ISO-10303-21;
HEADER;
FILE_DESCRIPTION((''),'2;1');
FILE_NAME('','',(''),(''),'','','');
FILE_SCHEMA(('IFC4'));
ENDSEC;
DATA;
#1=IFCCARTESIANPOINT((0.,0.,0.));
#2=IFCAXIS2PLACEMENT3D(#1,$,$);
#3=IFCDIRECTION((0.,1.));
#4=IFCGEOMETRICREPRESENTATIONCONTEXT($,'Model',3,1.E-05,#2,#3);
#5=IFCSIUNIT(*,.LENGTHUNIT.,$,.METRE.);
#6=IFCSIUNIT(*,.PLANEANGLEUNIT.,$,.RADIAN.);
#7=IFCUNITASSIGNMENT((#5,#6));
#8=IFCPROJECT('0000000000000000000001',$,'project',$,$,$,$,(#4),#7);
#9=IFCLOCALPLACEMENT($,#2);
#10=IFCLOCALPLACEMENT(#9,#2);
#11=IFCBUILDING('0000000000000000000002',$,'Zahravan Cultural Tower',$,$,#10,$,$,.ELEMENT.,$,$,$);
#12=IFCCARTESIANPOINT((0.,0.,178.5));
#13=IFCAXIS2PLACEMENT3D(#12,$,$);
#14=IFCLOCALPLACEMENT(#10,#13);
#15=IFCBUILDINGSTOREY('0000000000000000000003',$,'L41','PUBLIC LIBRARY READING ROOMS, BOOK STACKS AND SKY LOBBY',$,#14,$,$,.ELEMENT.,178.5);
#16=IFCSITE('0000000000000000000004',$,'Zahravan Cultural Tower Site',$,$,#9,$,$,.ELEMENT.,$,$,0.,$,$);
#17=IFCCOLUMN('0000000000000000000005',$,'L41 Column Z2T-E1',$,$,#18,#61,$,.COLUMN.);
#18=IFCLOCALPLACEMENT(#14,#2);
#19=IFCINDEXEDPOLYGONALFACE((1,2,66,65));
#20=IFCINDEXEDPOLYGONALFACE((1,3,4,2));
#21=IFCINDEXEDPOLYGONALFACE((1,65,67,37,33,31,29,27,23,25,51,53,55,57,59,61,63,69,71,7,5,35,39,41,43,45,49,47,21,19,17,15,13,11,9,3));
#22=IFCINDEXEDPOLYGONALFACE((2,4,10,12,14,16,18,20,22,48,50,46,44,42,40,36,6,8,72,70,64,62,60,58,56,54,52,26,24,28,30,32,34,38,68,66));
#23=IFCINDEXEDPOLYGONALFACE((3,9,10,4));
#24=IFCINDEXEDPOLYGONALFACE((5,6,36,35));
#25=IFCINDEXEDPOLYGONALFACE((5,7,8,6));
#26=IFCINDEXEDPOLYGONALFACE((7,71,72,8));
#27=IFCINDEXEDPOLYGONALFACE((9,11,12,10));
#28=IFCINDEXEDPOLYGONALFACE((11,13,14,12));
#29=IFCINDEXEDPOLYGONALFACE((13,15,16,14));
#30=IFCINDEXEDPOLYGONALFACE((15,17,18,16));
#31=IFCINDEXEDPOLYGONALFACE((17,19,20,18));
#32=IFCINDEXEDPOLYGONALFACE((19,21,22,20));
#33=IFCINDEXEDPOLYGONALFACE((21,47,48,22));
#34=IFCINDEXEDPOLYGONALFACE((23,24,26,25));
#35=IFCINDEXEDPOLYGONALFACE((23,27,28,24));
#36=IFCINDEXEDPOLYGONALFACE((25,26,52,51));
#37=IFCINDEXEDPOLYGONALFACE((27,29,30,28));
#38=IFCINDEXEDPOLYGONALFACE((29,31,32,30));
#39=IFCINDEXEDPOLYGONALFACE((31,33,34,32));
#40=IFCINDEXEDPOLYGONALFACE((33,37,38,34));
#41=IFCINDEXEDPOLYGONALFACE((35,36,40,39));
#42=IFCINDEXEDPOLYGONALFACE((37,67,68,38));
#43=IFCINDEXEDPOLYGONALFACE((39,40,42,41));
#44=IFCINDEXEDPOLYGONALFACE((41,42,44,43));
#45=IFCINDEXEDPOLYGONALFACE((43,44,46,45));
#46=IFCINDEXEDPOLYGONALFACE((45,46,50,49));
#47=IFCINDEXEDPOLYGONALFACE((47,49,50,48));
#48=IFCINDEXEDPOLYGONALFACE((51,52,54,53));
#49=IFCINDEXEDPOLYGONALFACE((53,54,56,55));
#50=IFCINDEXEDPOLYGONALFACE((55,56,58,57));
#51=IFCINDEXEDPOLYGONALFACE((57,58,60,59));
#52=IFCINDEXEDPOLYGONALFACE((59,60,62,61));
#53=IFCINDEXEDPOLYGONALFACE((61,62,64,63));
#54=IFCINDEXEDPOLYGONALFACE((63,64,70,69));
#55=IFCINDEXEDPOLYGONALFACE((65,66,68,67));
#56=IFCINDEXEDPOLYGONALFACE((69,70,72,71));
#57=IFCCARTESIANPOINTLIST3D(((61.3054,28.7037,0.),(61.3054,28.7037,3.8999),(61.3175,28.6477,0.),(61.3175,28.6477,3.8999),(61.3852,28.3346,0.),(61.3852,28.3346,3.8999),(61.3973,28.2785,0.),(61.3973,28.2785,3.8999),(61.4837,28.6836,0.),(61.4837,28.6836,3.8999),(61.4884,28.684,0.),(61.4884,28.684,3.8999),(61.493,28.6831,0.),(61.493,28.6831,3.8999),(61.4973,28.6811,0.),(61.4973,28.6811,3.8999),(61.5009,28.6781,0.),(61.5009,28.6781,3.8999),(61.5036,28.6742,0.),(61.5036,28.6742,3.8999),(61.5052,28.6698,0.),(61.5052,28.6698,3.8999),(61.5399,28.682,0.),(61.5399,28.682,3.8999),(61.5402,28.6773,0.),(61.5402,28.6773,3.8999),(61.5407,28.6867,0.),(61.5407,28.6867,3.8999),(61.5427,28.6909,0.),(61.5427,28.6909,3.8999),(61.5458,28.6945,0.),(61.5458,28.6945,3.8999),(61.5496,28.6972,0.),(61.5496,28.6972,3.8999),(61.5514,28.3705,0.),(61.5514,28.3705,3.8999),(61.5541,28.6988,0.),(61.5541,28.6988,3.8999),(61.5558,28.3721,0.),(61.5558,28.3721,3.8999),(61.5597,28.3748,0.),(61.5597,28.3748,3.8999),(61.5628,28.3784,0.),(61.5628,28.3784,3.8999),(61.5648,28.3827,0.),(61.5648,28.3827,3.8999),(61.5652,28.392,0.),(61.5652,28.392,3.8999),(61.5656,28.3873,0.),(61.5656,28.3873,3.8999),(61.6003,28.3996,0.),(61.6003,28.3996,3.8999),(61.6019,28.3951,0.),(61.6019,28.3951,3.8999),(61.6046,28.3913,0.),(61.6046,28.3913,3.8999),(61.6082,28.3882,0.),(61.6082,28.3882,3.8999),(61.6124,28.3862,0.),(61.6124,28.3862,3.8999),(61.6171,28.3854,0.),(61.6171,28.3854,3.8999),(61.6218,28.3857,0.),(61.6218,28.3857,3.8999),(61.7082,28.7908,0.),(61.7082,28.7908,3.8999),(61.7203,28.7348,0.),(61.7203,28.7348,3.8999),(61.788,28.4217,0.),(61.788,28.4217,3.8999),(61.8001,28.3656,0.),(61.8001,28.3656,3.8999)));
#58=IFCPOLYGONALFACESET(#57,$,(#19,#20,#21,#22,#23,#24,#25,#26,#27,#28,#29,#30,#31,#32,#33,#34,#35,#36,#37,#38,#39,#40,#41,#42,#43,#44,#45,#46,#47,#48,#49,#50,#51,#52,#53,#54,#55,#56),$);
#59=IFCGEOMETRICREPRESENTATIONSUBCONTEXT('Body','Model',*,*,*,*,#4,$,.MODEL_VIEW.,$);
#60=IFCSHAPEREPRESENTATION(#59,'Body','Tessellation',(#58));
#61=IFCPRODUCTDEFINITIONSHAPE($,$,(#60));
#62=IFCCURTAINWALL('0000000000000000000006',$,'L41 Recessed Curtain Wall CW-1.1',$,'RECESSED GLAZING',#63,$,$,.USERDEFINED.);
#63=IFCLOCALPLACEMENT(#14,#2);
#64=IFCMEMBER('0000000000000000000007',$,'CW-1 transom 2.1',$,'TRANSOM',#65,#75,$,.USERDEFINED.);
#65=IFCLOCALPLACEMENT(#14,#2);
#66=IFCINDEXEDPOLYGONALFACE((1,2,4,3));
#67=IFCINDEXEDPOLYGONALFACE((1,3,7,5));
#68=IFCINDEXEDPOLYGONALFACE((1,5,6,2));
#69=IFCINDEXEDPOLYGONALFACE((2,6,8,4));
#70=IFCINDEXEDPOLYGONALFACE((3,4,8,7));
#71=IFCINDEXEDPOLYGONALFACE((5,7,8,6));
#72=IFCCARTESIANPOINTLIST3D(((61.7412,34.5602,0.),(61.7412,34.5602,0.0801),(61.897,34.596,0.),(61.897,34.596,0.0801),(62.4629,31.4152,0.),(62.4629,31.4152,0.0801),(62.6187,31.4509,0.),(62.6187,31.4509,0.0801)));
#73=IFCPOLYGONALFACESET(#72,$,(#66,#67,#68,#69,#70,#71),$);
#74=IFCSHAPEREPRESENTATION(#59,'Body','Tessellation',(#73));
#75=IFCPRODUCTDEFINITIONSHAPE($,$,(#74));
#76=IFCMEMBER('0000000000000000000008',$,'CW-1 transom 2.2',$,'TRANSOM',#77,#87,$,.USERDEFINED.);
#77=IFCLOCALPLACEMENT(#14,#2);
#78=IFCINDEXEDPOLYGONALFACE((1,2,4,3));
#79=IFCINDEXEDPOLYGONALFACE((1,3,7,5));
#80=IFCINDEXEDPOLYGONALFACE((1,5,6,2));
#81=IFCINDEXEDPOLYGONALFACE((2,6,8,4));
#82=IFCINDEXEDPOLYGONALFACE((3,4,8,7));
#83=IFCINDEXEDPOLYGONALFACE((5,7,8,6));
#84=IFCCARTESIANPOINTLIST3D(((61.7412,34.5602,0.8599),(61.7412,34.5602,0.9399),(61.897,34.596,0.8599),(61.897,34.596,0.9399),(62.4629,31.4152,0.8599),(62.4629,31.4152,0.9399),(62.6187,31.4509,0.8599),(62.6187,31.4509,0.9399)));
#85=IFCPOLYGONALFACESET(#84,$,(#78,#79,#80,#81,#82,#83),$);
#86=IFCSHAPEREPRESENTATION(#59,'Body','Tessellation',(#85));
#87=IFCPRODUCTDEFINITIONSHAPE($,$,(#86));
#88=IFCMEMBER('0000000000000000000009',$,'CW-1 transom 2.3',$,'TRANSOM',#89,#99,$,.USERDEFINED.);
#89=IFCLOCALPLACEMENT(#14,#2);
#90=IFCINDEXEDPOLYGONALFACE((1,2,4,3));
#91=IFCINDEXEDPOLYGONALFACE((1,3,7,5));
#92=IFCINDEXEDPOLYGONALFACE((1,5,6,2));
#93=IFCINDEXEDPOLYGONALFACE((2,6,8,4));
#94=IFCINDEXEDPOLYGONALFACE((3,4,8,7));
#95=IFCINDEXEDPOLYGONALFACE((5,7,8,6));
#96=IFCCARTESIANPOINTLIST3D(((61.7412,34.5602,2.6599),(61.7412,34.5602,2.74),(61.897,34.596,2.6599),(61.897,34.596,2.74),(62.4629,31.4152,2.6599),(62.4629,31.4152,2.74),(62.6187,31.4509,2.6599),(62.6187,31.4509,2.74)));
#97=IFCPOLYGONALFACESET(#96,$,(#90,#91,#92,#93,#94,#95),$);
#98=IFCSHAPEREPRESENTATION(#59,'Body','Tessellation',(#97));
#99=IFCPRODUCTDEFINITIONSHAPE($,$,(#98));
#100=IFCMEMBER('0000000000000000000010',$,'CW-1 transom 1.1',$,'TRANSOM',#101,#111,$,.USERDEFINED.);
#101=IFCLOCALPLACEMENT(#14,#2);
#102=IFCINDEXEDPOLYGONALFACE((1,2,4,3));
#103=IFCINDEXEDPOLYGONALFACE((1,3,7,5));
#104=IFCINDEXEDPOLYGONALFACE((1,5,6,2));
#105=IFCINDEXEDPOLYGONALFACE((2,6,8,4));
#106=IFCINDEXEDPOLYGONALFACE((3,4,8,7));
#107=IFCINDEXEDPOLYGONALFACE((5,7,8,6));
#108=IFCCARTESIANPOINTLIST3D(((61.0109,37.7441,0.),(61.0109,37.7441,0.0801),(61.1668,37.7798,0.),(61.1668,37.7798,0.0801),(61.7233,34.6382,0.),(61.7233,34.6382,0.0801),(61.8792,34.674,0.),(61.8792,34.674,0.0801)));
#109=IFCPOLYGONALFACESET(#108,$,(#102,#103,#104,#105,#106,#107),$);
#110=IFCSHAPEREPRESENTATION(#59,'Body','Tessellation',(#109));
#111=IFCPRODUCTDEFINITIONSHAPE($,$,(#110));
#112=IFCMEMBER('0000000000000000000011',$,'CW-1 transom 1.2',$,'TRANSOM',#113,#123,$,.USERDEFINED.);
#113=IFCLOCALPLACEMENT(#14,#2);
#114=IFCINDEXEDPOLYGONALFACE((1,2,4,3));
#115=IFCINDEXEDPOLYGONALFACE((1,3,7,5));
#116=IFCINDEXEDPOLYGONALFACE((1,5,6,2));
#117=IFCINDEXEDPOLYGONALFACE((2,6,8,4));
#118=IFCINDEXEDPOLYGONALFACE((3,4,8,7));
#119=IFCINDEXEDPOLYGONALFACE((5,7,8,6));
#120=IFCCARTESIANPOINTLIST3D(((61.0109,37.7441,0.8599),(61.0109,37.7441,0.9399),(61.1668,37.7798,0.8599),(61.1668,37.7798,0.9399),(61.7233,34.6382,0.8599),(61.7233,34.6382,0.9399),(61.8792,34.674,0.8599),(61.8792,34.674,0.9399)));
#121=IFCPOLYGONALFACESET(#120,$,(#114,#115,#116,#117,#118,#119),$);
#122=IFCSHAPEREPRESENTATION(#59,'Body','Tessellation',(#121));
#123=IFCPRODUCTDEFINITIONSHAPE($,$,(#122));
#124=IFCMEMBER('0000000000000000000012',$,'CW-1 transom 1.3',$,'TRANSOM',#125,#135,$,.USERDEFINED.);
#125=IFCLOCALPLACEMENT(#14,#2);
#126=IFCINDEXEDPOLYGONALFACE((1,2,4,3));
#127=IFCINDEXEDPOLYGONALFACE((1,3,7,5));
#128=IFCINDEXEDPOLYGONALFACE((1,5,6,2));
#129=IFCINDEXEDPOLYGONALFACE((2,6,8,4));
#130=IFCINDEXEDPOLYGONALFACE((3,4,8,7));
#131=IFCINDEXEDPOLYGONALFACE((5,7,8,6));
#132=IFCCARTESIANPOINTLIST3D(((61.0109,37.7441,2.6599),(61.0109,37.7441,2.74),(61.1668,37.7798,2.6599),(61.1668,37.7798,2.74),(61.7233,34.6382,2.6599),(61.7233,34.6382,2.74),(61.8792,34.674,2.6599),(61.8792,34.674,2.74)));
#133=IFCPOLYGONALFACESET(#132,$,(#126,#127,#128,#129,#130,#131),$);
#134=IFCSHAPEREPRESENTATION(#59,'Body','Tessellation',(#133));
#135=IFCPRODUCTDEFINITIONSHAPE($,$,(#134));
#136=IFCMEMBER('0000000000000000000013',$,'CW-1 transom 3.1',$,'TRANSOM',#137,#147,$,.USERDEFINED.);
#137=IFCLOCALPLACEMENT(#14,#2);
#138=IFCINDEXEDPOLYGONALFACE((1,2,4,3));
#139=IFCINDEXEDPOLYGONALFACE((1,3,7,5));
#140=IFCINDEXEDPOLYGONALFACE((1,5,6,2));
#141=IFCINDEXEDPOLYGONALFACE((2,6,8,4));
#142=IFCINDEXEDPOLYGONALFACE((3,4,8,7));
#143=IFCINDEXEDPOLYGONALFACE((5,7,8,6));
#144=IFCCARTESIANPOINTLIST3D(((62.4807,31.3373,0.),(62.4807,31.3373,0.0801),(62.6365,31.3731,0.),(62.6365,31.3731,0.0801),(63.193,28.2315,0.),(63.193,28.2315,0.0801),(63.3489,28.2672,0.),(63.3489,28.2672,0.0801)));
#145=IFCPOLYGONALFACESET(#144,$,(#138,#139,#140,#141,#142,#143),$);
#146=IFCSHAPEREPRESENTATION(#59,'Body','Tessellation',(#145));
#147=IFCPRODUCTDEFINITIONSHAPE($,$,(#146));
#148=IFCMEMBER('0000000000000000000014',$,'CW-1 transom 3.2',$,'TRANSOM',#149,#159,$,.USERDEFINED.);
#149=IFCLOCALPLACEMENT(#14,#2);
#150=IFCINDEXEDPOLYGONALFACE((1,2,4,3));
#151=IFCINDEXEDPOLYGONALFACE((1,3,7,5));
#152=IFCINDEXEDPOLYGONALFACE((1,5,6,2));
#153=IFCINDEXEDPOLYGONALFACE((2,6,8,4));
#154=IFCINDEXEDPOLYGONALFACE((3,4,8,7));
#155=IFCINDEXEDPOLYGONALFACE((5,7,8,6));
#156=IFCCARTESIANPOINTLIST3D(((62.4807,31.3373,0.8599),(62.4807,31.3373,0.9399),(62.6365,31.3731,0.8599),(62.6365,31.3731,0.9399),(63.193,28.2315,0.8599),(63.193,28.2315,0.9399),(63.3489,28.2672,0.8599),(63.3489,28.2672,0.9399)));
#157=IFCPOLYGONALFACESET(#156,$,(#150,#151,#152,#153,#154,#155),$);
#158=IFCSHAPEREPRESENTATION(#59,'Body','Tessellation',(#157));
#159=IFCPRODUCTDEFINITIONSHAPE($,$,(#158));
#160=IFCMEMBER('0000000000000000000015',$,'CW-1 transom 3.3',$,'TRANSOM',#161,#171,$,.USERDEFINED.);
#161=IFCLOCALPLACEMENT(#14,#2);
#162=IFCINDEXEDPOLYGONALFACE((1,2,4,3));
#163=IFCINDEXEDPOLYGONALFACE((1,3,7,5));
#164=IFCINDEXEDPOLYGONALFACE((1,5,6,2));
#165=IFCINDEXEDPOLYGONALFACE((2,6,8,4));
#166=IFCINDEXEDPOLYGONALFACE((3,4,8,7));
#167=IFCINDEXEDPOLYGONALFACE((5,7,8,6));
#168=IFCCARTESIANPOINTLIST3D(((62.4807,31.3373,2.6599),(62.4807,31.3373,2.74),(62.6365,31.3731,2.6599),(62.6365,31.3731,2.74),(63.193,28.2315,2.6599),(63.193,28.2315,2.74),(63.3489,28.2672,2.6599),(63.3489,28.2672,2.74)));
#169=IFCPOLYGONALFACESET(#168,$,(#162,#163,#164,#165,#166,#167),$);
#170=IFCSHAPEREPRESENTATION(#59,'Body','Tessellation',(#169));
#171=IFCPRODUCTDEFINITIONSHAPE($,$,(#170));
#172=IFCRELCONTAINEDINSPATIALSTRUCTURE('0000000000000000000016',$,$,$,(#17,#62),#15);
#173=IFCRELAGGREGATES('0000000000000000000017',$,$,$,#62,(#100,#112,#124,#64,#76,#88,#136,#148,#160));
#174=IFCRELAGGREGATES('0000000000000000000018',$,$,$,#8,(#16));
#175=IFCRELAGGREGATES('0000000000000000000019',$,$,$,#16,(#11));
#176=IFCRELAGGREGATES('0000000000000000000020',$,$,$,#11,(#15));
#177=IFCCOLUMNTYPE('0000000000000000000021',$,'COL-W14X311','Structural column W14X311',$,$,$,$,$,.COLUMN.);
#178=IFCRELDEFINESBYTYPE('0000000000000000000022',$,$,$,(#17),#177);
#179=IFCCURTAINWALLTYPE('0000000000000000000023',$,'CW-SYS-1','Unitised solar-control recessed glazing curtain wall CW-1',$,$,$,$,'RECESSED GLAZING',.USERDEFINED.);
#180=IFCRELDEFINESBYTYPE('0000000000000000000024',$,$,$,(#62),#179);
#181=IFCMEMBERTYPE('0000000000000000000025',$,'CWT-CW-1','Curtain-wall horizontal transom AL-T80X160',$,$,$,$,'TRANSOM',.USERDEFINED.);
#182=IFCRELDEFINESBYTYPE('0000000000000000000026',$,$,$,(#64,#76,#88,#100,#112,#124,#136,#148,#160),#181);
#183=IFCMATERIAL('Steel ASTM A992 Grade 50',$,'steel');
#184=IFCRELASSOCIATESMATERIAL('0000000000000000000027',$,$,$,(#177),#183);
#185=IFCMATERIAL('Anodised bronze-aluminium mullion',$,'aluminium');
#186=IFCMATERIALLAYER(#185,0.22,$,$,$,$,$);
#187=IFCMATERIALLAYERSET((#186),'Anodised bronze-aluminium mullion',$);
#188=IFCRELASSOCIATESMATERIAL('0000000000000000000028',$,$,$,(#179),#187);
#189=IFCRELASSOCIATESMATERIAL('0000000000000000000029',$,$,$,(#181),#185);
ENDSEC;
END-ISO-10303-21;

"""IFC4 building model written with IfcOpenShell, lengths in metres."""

from ifc_helpers import new_model, si_unit, direction, frame, origin, origin_2d, place, context, subcontext, project, spatial, rectangle, i_section, extrude, source, transform, mapped, material, layer, layer_set, material_profile, profile_set, type_object, element, aggregate, save


model = new_model("IFC4")

# Units and contexts
model_context = context("Model", 3, precision=1e-05, world=origin(), true_north=direction((0.0, 1.0)))
body_context = subcontext(model_context, "Body", "Model", "MODEL_VIEW")
ifc_project = project(units=[si_unit("LENGTHUNIT", "METRE"), si_unit("PLANEANGLEUNIT", "RADIAN")], contexts=[model_context])

# Site, building, storey
site_placement = place(None, origin())
site = spatial("IfcSite", under=ifc_project, at=site_placement, Name="Zahravan Cultural Tower Site", CompositionType="ELEMENT", RefElevation=0.0)
building_placement = place(site_placement, origin())
building = spatial("IfcBuilding", under=site, at=building_placement, Name="Zahravan Cultural Tower", CompositionType="ELEMENT")
storey_placement = place(building_placement, frame((0.0, 0.0, 178.5)))
storey = spatial("IfcBuildingStorey", under=building, at=storey_placement, Name="L41", Description="PUBLIC LIBRARY READING ROOMS, BOOK STACKS AND SKY LOBBY", CompositionType="ELEMENT", Elevation=178.5)

# Column
ifc_material_1 = material(Name="Steel ASTM A992 Grade 50", Category="steel")
ifc_material_profile_1 = material_profile(ifc_material_1, i_section(OverallWidth=0.4121, OverallDepth=0.4351, WebThickness=0.0359, FlangeThickness=0.0574, FilletRadius=0.0181, at=origin_2d()), Name="W14X311")
ifc_profile_set_1 = profile_set([ifc_material_profile_1], Name="Steel ASTM A992 Grade 50")
column_type = type_object("IfcColumnType", Name="COL-W14X311", Description="Structural column W14X311", PredefinedType="COLUMN", material=ifc_profile_set_1)
shared_shape_1 = source(origin(), body_context, "Body", "SweptSolid", [
    extrude(i_section(OverallWidth=0.4121, OverallDepth=0.4351, WebThickness=0.0359, FlangeThickness=0.0574, FilletRadius=0.0181, at=origin_2d()), origin(), (0.0, 0.0, 1.0), 3.8999),
])
column_placement = place(storey_placement, frame((61.5527, 28.5347, 0.0), z_axis=(0.0, 0.0, 1.0), x_axis=(0.977416, 0.211325, 0.0)))
element("IfcColumn", 1, at=column_placement, inside=storey, type_object=column_type, Name="L41 Column Z2T-E1", PredefinedType="COLUMN", context=body_context, shape_type="MappedRepresentation", body=[
    mapped(shared_shape_1, transform((0.0, 0.0, 0.0), x_axis=(1.0, 0.0, 0.0), y_axis=(0.0, 1.0, 0.0), z_axis=(0.0, 0.0, 1.0), scale=1.0)),
])

# Curtain wall, members
ifc_material_2 = material(Name="Anodised bronze-aluminium mullion", Category="aluminium")
ifc_layer_1 = layer(ifc_material_2, 0.22)
ifc_layer_set_1 = layer_set([ifc_layer_1], Name="Anodised bronze-aluminium mullion")
curtain_wall_type = type_object("IfcCurtainWallType", Name="CW-SYS-1", Description="Unitised solar-control recessed glazing curtain wall CW-1", ElementType="RECESSED GLAZING", PredefinedType="USERDEFINED", material=ifc_layer_set_1)
curtain_wall_placement = place(storey_placement, origin())
curtain_wall = element("IfcCurtainWall", 2, at=curtain_wall_placement, inside=storey, type_object=curtain_wall_type, Name="L41 Recessed Curtain Wall CW-1.1", ObjectType="RECESSED GLAZING", PredefinedType="USERDEFINED")
ifc_material_profile_2 = material_profile(ifc_material_2, rectangle(XDim=0.1599, YDim=0.0801, at=origin_2d()), Name="AL-T80X160")
ifc_profile_set_2 = profile_set([ifc_material_profile_2], Name="Anodised bronze-aluminium mullion")
member_type_1 = type_object("IfcMemberType", Name="CWT-CW-1", Description="Curtain-wall horizontal transom AL-T80X160", ElementType="TRANSOM", PredefinedType="USERDEFINED", material=ifc_profile_set_2)
shared_shape_2 = source(origin(), body_context, "Body", "SweptSolid", [
    extrude(rectangle(XDim=0.1599, YDim=0.0801, at=origin_2d()), origin(), (0.0, 0.0, 1.0), 3.2268),
])
member_1_placement = place(storey_placement, frame((61.8191, 34.5781, 0.04), z_axis=(0.223655, -0.974668, 0.0), x_axis=(0.974668, 0.223655, 0.0)))
member_1 = element("IfcMember", 3, at=member_1_placement, type_object=member_type_1, Name="CW-1 transom 2.1", ObjectType="TRANSOM", PredefinedType="USERDEFINED", context=body_context, shape_type="MappedRepresentation", body=[
    mapped(shared_shape_2, transform((0.0, 0.0, 0.0), x_axis=(1.0, 0.0, 0.0), y_axis=(0.0, 1.0, 0.0), z_axis=(0.0, 0.0, 1.0), scale=1.0)),
])
member_2_placement = place(storey_placement, frame((61.8191, 34.5781, 0.8999), z_axis=(0.223655, -0.974668, 0.0), x_axis=(0.974668, 0.223655, 0.0)))
member_2 = element("IfcMember", 4, at=member_2_placement, type_object=member_type_1, Name="CW-1 transom 2.2", ObjectType="TRANSOM", PredefinedType="USERDEFINED", context=body_context, shape_type="MappedRepresentation", body=[
    mapped(shared_shape_2, transform((0.0, 0.0, 0.0), x_axis=(1.0, 0.0, 0.0), y_axis=(0.0, 1.0, 0.0), z_axis=(0.0, 0.0, 1.0), scale=1.0)),
])
member_3_placement = place(storey_placement, frame((61.8191, 34.5781, 2.7), z_axis=(0.223655, -0.974668, 0.0), x_axis=(0.974668, 0.223655, 0.0)))
member_3 = element("IfcMember", 5, at=member_3_placement, type_object=member_type_1, Name="CW-1 transom 2.3", ObjectType="TRANSOM", PredefinedType="USERDEFINED", context=body_context, shape_type="MappedRepresentation", body=[
    mapped(shared_shape_2, transform((0.0, 0.0, 0.0), x_axis=(1.0, 0.0, 0.0), y_axis=(0.0, 1.0, 0.0), z_axis=(0.0, 0.0, 1.0), scale=1.0)),
])
shared_shape_3 = source(origin(), body_context, "Body", "SweptSolid", [
    extrude(rectangle(XDim=0.1599, YDim=0.0801, at=origin_2d()), origin(), (0.0, 0.0, 1.0), 3.1865),
])
member_4_placement = place(storey_placement, frame((61.0889, 37.762, 0.04), z_axis=(0.223561, -0.97469, 0.0), x_axis=(0.97469, 0.223561, 0.0)))
member_4 = element("IfcMember", 6, at=member_4_placement, type_object=member_type_1, Name="CW-1 transom 1.1", ObjectType="TRANSOM", PredefinedType="USERDEFINED", context=body_context, shape_type="MappedRepresentation", body=[
    mapped(shared_shape_3, transform((0.0, 0.0, 0.0), x_axis=(1.0, 0.0, 0.0), y_axis=(0.0, 1.0, 0.0), z_axis=(0.0, 0.0, 1.0), scale=1.0)),
])
member_5_placement = place(storey_placement, frame((61.0889, 37.762, 0.8999), z_axis=(0.223561, -0.97469, 0.0), x_axis=(0.97469, 0.223561, 0.0)))
member_5 = element("IfcMember", 7, at=member_5_placement, type_object=member_type_1, Name="CW-1 transom 1.2", ObjectType="TRANSOM", PredefinedType="USERDEFINED", context=body_context, shape_type="MappedRepresentation", body=[
    mapped(shared_shape_3, transform((0.0, 0.0, 0.0), x_axis=(1.0, 0.0, 0.0), y_axis=(0.0, 1.0, 0.0), z_axis=(0.0, 0.0, 1.0), scale=1.0)),
])
member_6_placement = place(storey_placement, frame((61.0889, 37.762, 2.7), z_axis=(0.223561, -0.97469, 0.0), x_axis=(0.97469, 0.223561, 0.0)))
member_6 = element("IfcMember", 8, at=member_6_placement, type_object=member_type_1, Name="CW-1 transom 1.3", ObjectType="TRANSOM", PredefinedType="USERDEFINED", context=body_context, shape_type="MappedRepresentation", body=[
    mapped(shared_shape_3, transform((0.0, 0.0, 0.0), x_axis=(1.0, 0.0, 0.0), y_axis=(0.0, 1.0, 0.0), z_axis=(0.0, 0.0, 1.0), scale=1.0)),
])
member_7_placement = place(storey_placement, frame((62.5586, 31.3552, 0.04), z_axis=(0.223561, -0.97469, 0.0), x_axis=(0.97469, 0.223561, 0.0)))
member_7 = element("IfcMember", 9, at=member_7_placement, type_object=member_type_1, Name="CW-1 transom 3.1", ObjectType="TRANSOM", PredefinedType="USERDEFINED", context=body_context, shape_type="MappedRepresentation", body=[
    mapped(shared_shape_3, transform((0.0, 0.0, 0.0), x_axis=(1.0, 0.0, 0.0), y_axis=(0.0, 1.0, 0.0), z_axis=(0.0, 0.0, 1.0), scale=1.0)),
])
member_8_placement = place(storey_placement, frame((62.5586, 31.3552, 0.8999), z_axis=(0.223561, -0.97469, 0.0), x_axis=(0.97469, 0.223561, 0.0)))
member_8 = element("IfcMember", 10, at=member_8_placement, type_object=member_type_1, Name="CW-1 transom 3.2", ObjectType="TRANSOM", PredefinedType="USERDEFINED", context=body_context, shape_type="MappedRepresentation", body=[
    mapped(shared_shape_3, transform((0.0, 0.0, 0.0), x_axis=(1.0, 0.0, 0.0), y_axis=(0.0, 1.0, 0.0), z_axis=(0.0, 0.0, 1.0), scale=1.0)),
])
member_9_placement = place(storey_placement, frame((62.5586, 31.3552, 2.7), z_axis=(0.223561, -0.97469, 0.0), x_axis=(0.97469, 0.223561, 0.0)))
member_9 = element("IfcMember", 11, at=member_9_placement, type_object=member_type_1, Name="CW-1 transom 3.3", ObjectType="TRANSOM", PredefinedType="USERDEFINED", context=body_context, shape_type="MappedRepresentation", body=[
    mapped(shared_shape_3, transform((0.0, 0.0, 0.0), x_axis=(1.0, 0.0, 0.0), y_axis=(0.0, 1.0, 0.0), z_axis=(0.0, 0.0, 1.0), scale=1.0)),
])
aggregate(curtain_wall, [member_4, member_5, member_6, member_1, member_2, member_3, member_7, member_8, member_9])

save(model, "model.ifc")
